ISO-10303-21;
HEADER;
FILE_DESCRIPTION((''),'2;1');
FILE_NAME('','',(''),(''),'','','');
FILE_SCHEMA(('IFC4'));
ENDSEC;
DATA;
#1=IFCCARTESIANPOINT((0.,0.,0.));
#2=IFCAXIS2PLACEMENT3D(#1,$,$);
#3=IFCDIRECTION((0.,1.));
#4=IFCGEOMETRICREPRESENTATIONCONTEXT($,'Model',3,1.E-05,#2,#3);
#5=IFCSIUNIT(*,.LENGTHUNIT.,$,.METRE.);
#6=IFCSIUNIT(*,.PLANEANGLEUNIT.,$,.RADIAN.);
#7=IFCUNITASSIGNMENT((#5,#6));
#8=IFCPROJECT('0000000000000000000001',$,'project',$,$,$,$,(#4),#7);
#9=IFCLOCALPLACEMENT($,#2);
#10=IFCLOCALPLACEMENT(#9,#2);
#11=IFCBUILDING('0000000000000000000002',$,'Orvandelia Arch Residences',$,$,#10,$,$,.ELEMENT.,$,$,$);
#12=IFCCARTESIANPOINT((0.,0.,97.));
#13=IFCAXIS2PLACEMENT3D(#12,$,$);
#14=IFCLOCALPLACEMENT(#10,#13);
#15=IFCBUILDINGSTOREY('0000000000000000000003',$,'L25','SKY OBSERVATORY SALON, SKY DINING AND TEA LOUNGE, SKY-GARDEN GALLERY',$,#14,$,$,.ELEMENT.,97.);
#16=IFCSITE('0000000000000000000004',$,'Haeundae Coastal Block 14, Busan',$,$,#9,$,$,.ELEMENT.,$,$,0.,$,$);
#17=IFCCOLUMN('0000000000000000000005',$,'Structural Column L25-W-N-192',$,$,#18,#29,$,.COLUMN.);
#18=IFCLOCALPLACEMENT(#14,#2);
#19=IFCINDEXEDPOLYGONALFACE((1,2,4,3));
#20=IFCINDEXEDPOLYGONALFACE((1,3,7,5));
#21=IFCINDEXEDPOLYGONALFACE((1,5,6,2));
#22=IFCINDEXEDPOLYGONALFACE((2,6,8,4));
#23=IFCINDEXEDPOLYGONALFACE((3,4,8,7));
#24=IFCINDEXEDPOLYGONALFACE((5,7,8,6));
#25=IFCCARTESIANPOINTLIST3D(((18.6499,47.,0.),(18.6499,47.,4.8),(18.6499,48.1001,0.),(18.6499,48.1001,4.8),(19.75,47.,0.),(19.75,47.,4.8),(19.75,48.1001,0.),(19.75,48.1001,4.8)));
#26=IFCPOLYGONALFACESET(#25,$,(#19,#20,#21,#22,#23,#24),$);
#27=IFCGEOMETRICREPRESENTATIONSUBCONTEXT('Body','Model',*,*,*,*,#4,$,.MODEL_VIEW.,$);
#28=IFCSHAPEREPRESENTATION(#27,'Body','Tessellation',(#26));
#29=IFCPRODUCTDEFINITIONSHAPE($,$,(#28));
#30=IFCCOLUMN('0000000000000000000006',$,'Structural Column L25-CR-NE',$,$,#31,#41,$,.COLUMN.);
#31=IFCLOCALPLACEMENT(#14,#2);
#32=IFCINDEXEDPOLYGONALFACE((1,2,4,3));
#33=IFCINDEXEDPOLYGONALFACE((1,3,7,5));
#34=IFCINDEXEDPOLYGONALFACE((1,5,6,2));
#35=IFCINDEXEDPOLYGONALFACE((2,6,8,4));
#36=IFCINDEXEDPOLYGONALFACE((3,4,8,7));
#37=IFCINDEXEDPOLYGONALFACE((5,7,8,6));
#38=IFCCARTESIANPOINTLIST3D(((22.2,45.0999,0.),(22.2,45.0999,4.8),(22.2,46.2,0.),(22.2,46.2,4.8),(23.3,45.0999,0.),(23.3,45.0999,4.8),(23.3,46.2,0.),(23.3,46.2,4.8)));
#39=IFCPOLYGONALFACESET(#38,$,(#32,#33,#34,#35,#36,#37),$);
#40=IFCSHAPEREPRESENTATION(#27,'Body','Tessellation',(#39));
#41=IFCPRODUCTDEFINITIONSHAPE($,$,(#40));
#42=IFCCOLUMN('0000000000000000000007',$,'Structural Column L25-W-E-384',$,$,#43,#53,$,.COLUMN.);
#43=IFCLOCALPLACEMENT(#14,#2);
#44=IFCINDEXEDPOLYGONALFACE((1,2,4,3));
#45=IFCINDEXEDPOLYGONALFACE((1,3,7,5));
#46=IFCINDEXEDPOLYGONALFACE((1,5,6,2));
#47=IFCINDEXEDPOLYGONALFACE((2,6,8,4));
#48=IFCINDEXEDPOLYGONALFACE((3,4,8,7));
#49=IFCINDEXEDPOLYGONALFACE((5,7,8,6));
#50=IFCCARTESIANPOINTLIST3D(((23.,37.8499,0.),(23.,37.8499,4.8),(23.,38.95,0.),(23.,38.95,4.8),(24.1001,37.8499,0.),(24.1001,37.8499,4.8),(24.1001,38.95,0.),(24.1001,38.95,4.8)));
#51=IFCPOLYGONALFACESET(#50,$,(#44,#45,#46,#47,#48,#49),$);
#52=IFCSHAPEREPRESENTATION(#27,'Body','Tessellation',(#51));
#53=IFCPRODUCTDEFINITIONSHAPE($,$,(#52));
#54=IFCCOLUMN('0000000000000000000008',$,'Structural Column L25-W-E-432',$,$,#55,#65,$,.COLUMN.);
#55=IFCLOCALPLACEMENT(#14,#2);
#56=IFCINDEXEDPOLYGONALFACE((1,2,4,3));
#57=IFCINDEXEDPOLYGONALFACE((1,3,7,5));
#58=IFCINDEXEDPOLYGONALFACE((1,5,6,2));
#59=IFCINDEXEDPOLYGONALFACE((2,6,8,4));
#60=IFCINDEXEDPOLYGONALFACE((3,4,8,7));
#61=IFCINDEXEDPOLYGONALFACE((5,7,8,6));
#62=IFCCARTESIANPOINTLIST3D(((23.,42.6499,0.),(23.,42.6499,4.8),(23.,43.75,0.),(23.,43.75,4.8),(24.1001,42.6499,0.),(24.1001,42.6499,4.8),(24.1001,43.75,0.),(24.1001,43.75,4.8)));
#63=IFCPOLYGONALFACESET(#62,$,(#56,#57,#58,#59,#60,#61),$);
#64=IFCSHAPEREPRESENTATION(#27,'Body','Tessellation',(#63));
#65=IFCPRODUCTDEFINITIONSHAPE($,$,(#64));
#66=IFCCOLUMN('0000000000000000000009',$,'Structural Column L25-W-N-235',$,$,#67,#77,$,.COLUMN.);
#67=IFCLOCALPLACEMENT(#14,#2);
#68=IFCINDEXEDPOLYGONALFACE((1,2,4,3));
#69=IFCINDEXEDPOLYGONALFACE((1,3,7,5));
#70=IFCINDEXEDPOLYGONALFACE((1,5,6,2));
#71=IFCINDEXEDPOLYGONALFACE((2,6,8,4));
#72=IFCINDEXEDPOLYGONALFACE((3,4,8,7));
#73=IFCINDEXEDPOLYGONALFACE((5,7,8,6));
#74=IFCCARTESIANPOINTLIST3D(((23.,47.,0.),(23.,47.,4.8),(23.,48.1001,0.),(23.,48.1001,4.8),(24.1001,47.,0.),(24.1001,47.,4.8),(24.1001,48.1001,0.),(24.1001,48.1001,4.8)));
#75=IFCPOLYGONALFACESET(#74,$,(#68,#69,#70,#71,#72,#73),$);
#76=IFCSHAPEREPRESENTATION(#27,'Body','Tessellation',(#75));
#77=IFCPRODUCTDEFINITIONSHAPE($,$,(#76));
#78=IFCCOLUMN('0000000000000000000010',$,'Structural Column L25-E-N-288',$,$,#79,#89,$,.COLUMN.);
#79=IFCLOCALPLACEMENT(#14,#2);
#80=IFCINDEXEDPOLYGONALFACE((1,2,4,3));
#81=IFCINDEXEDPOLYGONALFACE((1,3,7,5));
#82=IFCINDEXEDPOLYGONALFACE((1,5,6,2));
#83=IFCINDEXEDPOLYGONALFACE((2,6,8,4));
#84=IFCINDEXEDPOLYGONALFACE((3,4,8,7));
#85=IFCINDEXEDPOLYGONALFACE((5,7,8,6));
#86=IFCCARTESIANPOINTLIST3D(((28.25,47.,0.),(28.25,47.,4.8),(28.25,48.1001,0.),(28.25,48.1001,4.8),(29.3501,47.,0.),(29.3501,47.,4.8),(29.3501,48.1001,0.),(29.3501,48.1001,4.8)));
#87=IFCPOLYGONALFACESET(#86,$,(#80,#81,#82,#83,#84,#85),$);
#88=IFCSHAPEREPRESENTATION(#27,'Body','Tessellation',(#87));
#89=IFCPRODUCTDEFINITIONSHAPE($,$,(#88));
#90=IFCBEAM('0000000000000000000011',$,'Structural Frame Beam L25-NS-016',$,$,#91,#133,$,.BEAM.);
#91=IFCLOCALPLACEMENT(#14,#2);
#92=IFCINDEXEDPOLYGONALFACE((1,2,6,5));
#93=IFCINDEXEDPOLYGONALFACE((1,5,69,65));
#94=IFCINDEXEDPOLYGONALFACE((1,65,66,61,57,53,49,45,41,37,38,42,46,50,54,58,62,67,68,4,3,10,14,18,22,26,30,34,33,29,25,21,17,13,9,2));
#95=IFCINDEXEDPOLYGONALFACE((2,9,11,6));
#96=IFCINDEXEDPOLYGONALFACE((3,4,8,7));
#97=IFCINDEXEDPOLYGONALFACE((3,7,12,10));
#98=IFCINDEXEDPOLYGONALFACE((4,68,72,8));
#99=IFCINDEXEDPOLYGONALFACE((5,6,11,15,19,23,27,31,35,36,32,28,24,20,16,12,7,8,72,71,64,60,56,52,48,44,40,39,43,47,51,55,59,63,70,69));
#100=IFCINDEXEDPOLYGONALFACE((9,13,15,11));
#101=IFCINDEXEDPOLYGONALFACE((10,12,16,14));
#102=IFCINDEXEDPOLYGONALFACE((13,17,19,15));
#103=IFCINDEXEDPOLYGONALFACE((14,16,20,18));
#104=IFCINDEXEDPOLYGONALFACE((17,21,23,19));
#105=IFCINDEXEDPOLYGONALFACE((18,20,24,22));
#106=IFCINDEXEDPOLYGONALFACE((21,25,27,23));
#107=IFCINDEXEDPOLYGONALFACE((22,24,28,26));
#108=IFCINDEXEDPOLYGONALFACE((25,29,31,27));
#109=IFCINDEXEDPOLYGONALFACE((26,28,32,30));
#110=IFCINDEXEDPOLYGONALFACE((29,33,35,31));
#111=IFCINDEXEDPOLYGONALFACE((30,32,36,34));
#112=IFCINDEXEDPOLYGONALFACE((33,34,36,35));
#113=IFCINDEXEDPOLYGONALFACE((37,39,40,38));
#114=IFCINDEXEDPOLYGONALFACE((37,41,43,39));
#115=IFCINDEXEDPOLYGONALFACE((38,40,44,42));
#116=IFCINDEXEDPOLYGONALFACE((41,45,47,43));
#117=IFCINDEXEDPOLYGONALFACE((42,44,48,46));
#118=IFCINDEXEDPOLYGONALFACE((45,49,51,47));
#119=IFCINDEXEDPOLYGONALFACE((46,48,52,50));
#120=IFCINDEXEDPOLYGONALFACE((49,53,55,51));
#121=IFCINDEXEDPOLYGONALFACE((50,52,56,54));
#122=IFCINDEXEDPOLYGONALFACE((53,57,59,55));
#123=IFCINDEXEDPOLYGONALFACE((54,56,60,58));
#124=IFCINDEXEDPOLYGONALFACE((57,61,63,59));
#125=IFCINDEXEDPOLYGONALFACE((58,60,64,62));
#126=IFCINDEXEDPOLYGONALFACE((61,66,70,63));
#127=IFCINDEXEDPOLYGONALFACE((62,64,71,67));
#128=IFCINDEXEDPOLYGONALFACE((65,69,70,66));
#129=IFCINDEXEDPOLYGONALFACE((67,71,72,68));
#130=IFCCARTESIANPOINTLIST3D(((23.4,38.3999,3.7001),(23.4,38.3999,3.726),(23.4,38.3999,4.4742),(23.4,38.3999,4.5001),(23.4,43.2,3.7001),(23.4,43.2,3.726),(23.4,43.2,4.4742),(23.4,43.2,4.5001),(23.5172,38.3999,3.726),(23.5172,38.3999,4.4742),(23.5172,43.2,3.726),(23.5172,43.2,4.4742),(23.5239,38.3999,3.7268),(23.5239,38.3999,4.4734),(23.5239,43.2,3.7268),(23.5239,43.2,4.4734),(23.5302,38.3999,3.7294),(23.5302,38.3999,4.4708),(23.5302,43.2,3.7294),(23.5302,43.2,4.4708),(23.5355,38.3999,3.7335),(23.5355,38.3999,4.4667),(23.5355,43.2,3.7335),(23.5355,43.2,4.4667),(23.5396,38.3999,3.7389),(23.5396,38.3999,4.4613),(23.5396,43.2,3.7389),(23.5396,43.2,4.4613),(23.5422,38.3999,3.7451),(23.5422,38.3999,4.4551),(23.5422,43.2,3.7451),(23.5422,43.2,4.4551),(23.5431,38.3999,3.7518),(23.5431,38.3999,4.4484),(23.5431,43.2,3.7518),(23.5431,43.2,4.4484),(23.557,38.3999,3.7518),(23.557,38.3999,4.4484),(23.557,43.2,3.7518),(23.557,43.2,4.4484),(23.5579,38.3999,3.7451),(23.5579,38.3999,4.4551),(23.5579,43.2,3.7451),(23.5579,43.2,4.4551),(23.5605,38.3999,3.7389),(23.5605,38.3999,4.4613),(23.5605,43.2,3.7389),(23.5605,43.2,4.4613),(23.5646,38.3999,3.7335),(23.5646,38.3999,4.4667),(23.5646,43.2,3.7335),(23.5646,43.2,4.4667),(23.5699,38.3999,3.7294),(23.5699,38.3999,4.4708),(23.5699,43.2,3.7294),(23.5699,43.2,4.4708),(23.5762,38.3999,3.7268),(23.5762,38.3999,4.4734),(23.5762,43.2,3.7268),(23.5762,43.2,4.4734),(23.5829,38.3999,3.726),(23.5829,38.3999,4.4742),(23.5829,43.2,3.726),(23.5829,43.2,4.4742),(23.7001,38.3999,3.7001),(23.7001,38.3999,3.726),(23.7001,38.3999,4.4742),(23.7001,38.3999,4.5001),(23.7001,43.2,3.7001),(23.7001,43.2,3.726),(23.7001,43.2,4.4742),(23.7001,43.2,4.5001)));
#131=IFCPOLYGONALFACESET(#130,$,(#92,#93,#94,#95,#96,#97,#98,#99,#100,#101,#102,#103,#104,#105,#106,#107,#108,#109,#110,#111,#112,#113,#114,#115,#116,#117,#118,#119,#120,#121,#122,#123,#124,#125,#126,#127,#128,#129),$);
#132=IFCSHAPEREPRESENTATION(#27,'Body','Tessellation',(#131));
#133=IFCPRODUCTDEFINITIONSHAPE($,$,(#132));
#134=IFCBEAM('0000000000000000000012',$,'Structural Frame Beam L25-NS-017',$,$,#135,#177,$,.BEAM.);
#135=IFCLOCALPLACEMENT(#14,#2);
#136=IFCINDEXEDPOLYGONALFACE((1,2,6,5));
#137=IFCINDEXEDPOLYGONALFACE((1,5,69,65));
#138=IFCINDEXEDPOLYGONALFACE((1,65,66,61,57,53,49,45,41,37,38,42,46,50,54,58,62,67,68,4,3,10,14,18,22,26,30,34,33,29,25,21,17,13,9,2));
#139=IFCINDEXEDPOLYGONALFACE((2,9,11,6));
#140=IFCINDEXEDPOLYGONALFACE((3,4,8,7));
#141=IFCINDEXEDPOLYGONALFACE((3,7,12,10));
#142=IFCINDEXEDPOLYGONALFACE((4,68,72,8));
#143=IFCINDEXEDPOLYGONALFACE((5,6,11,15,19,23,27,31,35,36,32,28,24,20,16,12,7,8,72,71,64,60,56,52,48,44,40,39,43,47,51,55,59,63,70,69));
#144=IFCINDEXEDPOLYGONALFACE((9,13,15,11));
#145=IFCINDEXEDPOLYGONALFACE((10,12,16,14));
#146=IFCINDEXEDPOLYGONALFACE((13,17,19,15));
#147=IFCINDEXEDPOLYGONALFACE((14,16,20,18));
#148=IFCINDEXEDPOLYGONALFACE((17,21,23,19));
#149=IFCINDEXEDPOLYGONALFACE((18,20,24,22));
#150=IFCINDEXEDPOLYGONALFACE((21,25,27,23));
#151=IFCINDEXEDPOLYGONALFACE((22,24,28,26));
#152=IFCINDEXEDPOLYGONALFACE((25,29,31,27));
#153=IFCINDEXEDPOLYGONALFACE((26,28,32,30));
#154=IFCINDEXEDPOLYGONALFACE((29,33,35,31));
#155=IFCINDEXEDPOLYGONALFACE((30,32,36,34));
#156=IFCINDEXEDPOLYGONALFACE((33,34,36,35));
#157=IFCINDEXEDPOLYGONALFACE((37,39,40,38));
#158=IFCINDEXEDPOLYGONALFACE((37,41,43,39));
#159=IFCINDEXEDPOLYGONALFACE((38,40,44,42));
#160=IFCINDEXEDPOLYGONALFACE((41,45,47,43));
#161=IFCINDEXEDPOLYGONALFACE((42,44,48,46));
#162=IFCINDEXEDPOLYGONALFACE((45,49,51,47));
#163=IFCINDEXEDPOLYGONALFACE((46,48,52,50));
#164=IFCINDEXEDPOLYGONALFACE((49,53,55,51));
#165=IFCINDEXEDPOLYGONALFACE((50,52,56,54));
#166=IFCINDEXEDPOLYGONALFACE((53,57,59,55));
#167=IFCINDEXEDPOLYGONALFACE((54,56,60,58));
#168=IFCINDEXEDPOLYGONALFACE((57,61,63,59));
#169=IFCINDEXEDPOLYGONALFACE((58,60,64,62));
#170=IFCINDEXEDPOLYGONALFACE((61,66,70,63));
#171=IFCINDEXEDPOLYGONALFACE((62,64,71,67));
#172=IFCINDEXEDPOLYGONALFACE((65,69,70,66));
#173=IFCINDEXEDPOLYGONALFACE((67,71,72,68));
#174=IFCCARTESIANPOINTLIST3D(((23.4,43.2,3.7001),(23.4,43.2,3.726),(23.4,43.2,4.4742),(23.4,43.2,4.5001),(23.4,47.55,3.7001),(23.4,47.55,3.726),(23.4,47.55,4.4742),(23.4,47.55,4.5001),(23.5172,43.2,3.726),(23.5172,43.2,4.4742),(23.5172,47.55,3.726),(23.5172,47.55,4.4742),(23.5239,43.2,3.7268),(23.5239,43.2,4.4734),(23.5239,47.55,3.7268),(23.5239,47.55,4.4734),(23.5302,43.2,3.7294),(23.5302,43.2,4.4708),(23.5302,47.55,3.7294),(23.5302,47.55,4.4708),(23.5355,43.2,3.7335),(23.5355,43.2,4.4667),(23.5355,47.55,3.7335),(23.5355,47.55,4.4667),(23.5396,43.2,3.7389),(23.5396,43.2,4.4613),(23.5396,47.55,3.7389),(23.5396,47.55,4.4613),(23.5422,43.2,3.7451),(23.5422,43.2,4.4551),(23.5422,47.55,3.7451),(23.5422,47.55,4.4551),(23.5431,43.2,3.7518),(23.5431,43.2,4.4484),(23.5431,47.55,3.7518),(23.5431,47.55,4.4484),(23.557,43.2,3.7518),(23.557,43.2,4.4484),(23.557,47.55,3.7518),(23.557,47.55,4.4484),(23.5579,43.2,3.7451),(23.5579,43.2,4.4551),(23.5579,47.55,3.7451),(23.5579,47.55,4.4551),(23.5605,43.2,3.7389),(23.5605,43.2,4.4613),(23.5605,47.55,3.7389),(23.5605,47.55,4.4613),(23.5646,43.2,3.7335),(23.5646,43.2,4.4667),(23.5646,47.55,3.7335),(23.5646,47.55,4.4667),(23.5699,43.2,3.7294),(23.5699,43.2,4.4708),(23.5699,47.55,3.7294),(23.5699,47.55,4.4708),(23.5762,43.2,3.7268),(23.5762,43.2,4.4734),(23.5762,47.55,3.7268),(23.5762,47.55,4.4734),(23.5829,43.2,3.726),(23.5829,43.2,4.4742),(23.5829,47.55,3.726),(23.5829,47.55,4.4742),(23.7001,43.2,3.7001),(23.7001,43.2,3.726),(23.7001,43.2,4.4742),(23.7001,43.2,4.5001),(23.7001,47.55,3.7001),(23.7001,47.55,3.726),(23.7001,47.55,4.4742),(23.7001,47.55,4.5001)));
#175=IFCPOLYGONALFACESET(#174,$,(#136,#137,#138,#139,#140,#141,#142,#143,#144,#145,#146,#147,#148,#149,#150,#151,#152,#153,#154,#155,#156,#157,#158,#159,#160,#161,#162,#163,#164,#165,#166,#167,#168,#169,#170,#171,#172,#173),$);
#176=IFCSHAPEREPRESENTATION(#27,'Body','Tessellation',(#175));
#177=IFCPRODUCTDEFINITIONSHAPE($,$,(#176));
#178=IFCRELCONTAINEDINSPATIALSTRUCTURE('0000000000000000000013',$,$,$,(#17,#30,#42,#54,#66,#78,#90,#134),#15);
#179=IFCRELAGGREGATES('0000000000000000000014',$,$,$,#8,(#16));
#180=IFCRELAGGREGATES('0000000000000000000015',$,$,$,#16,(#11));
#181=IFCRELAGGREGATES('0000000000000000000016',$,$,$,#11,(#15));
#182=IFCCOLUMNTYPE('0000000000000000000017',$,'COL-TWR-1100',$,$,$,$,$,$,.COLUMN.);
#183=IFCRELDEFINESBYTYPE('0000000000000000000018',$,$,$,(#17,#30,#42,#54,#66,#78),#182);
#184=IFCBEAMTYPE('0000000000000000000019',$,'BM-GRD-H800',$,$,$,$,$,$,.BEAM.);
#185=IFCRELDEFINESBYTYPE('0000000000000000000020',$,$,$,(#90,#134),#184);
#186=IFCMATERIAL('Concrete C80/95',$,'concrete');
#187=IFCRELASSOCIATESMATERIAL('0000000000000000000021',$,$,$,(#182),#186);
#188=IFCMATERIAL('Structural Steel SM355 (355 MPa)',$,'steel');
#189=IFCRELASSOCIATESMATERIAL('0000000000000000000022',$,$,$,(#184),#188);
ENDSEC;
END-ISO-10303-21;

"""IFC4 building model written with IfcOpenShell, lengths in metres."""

from ifc_helpers import new_model, si_unit, direction, frame, origin, origin_2d, place, context, subcontext, project, spatial, rectangle, i_section, extrude, material, material_profile, profile_set, type_object, element, save


model = new_model("IFC4")

# Units and contexts
model_context = context("Model", 3, precision=1e-05, world=origin(), true_north=direction((0.0, 1.0)))
body_context = subcontext(model_context, "Body", "Model", "MODEL_VIEW")
ifc_project = project(units=[si_unit("LENGTHUNIT", "METRE"), si_unit("PLANEANGLEUNIT", "RADIAN")], contexts=[model_context])

# Site, building, storey
site_placement = place(None, origin())
site = spatial("IfcSite", under=ifc_project, at=site_placement, Name="Haeundae Coastal Block 14, Busan", CompositionType="ELEMENT", RefElevation=0.0)
building_placement = place(site_placement, origin())
building = spatial("IfcBuilding", under=site, at=building_placement, Name="Orvandelia Arch Residences", CompositionType="ELEMENT")
storey_placement = place(building_placement, frame((0.0, 0.0, 97.0)))
storey = spatial("IfcBuildingStorey", under=building, at=storey_placement, Name="L25", Description="SKY OBSERVATORY SALON, SKY DINING AND TEA LOUNGE, SKY-GARDEN GALLERY", CompositionType="ELEMENT", Elevation=97.0)

# Columns
ifc_material_1 = material(Name="Concrete C80/95", Category="concrete")
ifc_material_profile_1 = material_profile(ifc_material_1, rectangle(XDim=1.1001, YDim=1.1001, at=origin_2d()), Name="Concrete C80/95", Category="concrete")
ifc_profile_set_1 = profile_set([ifc_material_profile_1], Name="Concrete C80/95")
column_type = type_object("IfcColumnType", Name="COL-TWR-1100", PredefinedType="COLUMN", material=ifc_profile_set_1)
for number, where, z_axis, x_axis, name in (
    (1, (19.2, 47.55, 0.0), (0.0, 0.0, 1.0), (1.0, 0.0, 0.0), "Structural Column L25-W-N-192"),
    (2, (22.75, 45.6499, 0.0), (0.0, 0.0, 1.0), (1.0, 0.0, 0.0), "Structural Column L25-CR-NE"),
    (3, (23.55, 38.3999, 0.0), (0.0, 0.0, 1.0), (1.0, 0.0, 0.0), "Structural Column L25-W-E-384"),
    (4, (23.55, 43.2, 0.0), (0.0, 0.0, 1.0), (1.0, 0.0, 0.0), "Structural Column L25-W-E-432"),
    (5, (23.55, 47.55, 0.0), (0.0, 0.0, 1.0), (1.0, 0.0, 0.0), "Structural Column L25-W-N-235"),
    (6, (28.8, 47.55, 0.0), (0.0, 0.0, 1.0), (1.0, 0.0, 0.0), "Structural Column L25-E-N-288"),
):
    element("IfcColumn", number, at=place(storey_placement, frame(where, z_axis=z_axis, x_axis=x_axis)), inside=storey, type_object=column_type, Name=name, PredefinedType="COLUMN", context=body_context, shape_type="SweptSolid", body=[
        extrude(rectangle(XDim=1.1001, YDim=1.1001, at=origin_2d()), origin(), (0.0, 0.0, 1.0), 4.8),
    ])

# Beams
ifc_material_2 = material(Name="Structural Steel SM355 (355 MPa)", Category="steel")
ifc_material_profile_2 = material_profile(ifc_material_2, i_section(OverallWidth=0.3, OverallDepth=0.8, WebThickness=0.0139, FlangeThickness=0.0259, FilletRadius=0.0259, at=origin_2d()), Name="Structural Steel SM355 (355 MPa)", Category="steel")
ifc_profile_set_2 = profile_set([ifc_material_profile_2], Name="Structural Steel SM355 (355 MPa)")
beam_type = type_object("IfcBeamType", Name="BM-GRD-H800", PredefinedType="BEAM", material=ifc_profile_set_2)
beam_1_placement = place(storey_placement, frame((23.55, 38.3999, 4.1001), z_axis=(0.0, 1.0, 0.0), x_axis=(-1.0, 0.0, 0.0)))
element("IfcBeam", 7, at=beam_1_placement, inside=storey, type_object=beam_type, Name="Structural Frame Beam L25-NS-016", PredefinedType="BEAM", context=body_context, shape_type="SweptSolid", body=[
    extrude(i_section(OverallWidth=0.3, OverallDepth=0.8, WebThickness=0.0139, FlangeThickness=0.0259, FilletRadius=0.0259, at=origin_2d()), origin(), (0.0, 0.0, 1.0), 4.8),
])
for number, where, z_axis, x_axis, name in (
    (8, (23.55, 43.2, 4.1001), (0.0, 1.0, 0.0), (-1.0, 0.0, 0.0), "Structural Frame Beam L25-NS-017"),
):
    element("IfcBeam", number, at=place(storey_placement, frame(where, z_axis=z_axis, x_axis=x_axis)), inside=storey, type_object=beam_type, Name=name, PredefinedType="BEAM", context=body_context, shape_type="SweptSolid", body=[
        extrude(i_section(OverallWidth=0.3, OverallDepth=0.8, WebThickness=0.0139, FlangeThickness=0.0259, FilletRadius=0.0259, at=origin_2d()), origin(), (0.0, 0.0, 1.0), 4.3501),
    ])

save(model, "model.ifc")
